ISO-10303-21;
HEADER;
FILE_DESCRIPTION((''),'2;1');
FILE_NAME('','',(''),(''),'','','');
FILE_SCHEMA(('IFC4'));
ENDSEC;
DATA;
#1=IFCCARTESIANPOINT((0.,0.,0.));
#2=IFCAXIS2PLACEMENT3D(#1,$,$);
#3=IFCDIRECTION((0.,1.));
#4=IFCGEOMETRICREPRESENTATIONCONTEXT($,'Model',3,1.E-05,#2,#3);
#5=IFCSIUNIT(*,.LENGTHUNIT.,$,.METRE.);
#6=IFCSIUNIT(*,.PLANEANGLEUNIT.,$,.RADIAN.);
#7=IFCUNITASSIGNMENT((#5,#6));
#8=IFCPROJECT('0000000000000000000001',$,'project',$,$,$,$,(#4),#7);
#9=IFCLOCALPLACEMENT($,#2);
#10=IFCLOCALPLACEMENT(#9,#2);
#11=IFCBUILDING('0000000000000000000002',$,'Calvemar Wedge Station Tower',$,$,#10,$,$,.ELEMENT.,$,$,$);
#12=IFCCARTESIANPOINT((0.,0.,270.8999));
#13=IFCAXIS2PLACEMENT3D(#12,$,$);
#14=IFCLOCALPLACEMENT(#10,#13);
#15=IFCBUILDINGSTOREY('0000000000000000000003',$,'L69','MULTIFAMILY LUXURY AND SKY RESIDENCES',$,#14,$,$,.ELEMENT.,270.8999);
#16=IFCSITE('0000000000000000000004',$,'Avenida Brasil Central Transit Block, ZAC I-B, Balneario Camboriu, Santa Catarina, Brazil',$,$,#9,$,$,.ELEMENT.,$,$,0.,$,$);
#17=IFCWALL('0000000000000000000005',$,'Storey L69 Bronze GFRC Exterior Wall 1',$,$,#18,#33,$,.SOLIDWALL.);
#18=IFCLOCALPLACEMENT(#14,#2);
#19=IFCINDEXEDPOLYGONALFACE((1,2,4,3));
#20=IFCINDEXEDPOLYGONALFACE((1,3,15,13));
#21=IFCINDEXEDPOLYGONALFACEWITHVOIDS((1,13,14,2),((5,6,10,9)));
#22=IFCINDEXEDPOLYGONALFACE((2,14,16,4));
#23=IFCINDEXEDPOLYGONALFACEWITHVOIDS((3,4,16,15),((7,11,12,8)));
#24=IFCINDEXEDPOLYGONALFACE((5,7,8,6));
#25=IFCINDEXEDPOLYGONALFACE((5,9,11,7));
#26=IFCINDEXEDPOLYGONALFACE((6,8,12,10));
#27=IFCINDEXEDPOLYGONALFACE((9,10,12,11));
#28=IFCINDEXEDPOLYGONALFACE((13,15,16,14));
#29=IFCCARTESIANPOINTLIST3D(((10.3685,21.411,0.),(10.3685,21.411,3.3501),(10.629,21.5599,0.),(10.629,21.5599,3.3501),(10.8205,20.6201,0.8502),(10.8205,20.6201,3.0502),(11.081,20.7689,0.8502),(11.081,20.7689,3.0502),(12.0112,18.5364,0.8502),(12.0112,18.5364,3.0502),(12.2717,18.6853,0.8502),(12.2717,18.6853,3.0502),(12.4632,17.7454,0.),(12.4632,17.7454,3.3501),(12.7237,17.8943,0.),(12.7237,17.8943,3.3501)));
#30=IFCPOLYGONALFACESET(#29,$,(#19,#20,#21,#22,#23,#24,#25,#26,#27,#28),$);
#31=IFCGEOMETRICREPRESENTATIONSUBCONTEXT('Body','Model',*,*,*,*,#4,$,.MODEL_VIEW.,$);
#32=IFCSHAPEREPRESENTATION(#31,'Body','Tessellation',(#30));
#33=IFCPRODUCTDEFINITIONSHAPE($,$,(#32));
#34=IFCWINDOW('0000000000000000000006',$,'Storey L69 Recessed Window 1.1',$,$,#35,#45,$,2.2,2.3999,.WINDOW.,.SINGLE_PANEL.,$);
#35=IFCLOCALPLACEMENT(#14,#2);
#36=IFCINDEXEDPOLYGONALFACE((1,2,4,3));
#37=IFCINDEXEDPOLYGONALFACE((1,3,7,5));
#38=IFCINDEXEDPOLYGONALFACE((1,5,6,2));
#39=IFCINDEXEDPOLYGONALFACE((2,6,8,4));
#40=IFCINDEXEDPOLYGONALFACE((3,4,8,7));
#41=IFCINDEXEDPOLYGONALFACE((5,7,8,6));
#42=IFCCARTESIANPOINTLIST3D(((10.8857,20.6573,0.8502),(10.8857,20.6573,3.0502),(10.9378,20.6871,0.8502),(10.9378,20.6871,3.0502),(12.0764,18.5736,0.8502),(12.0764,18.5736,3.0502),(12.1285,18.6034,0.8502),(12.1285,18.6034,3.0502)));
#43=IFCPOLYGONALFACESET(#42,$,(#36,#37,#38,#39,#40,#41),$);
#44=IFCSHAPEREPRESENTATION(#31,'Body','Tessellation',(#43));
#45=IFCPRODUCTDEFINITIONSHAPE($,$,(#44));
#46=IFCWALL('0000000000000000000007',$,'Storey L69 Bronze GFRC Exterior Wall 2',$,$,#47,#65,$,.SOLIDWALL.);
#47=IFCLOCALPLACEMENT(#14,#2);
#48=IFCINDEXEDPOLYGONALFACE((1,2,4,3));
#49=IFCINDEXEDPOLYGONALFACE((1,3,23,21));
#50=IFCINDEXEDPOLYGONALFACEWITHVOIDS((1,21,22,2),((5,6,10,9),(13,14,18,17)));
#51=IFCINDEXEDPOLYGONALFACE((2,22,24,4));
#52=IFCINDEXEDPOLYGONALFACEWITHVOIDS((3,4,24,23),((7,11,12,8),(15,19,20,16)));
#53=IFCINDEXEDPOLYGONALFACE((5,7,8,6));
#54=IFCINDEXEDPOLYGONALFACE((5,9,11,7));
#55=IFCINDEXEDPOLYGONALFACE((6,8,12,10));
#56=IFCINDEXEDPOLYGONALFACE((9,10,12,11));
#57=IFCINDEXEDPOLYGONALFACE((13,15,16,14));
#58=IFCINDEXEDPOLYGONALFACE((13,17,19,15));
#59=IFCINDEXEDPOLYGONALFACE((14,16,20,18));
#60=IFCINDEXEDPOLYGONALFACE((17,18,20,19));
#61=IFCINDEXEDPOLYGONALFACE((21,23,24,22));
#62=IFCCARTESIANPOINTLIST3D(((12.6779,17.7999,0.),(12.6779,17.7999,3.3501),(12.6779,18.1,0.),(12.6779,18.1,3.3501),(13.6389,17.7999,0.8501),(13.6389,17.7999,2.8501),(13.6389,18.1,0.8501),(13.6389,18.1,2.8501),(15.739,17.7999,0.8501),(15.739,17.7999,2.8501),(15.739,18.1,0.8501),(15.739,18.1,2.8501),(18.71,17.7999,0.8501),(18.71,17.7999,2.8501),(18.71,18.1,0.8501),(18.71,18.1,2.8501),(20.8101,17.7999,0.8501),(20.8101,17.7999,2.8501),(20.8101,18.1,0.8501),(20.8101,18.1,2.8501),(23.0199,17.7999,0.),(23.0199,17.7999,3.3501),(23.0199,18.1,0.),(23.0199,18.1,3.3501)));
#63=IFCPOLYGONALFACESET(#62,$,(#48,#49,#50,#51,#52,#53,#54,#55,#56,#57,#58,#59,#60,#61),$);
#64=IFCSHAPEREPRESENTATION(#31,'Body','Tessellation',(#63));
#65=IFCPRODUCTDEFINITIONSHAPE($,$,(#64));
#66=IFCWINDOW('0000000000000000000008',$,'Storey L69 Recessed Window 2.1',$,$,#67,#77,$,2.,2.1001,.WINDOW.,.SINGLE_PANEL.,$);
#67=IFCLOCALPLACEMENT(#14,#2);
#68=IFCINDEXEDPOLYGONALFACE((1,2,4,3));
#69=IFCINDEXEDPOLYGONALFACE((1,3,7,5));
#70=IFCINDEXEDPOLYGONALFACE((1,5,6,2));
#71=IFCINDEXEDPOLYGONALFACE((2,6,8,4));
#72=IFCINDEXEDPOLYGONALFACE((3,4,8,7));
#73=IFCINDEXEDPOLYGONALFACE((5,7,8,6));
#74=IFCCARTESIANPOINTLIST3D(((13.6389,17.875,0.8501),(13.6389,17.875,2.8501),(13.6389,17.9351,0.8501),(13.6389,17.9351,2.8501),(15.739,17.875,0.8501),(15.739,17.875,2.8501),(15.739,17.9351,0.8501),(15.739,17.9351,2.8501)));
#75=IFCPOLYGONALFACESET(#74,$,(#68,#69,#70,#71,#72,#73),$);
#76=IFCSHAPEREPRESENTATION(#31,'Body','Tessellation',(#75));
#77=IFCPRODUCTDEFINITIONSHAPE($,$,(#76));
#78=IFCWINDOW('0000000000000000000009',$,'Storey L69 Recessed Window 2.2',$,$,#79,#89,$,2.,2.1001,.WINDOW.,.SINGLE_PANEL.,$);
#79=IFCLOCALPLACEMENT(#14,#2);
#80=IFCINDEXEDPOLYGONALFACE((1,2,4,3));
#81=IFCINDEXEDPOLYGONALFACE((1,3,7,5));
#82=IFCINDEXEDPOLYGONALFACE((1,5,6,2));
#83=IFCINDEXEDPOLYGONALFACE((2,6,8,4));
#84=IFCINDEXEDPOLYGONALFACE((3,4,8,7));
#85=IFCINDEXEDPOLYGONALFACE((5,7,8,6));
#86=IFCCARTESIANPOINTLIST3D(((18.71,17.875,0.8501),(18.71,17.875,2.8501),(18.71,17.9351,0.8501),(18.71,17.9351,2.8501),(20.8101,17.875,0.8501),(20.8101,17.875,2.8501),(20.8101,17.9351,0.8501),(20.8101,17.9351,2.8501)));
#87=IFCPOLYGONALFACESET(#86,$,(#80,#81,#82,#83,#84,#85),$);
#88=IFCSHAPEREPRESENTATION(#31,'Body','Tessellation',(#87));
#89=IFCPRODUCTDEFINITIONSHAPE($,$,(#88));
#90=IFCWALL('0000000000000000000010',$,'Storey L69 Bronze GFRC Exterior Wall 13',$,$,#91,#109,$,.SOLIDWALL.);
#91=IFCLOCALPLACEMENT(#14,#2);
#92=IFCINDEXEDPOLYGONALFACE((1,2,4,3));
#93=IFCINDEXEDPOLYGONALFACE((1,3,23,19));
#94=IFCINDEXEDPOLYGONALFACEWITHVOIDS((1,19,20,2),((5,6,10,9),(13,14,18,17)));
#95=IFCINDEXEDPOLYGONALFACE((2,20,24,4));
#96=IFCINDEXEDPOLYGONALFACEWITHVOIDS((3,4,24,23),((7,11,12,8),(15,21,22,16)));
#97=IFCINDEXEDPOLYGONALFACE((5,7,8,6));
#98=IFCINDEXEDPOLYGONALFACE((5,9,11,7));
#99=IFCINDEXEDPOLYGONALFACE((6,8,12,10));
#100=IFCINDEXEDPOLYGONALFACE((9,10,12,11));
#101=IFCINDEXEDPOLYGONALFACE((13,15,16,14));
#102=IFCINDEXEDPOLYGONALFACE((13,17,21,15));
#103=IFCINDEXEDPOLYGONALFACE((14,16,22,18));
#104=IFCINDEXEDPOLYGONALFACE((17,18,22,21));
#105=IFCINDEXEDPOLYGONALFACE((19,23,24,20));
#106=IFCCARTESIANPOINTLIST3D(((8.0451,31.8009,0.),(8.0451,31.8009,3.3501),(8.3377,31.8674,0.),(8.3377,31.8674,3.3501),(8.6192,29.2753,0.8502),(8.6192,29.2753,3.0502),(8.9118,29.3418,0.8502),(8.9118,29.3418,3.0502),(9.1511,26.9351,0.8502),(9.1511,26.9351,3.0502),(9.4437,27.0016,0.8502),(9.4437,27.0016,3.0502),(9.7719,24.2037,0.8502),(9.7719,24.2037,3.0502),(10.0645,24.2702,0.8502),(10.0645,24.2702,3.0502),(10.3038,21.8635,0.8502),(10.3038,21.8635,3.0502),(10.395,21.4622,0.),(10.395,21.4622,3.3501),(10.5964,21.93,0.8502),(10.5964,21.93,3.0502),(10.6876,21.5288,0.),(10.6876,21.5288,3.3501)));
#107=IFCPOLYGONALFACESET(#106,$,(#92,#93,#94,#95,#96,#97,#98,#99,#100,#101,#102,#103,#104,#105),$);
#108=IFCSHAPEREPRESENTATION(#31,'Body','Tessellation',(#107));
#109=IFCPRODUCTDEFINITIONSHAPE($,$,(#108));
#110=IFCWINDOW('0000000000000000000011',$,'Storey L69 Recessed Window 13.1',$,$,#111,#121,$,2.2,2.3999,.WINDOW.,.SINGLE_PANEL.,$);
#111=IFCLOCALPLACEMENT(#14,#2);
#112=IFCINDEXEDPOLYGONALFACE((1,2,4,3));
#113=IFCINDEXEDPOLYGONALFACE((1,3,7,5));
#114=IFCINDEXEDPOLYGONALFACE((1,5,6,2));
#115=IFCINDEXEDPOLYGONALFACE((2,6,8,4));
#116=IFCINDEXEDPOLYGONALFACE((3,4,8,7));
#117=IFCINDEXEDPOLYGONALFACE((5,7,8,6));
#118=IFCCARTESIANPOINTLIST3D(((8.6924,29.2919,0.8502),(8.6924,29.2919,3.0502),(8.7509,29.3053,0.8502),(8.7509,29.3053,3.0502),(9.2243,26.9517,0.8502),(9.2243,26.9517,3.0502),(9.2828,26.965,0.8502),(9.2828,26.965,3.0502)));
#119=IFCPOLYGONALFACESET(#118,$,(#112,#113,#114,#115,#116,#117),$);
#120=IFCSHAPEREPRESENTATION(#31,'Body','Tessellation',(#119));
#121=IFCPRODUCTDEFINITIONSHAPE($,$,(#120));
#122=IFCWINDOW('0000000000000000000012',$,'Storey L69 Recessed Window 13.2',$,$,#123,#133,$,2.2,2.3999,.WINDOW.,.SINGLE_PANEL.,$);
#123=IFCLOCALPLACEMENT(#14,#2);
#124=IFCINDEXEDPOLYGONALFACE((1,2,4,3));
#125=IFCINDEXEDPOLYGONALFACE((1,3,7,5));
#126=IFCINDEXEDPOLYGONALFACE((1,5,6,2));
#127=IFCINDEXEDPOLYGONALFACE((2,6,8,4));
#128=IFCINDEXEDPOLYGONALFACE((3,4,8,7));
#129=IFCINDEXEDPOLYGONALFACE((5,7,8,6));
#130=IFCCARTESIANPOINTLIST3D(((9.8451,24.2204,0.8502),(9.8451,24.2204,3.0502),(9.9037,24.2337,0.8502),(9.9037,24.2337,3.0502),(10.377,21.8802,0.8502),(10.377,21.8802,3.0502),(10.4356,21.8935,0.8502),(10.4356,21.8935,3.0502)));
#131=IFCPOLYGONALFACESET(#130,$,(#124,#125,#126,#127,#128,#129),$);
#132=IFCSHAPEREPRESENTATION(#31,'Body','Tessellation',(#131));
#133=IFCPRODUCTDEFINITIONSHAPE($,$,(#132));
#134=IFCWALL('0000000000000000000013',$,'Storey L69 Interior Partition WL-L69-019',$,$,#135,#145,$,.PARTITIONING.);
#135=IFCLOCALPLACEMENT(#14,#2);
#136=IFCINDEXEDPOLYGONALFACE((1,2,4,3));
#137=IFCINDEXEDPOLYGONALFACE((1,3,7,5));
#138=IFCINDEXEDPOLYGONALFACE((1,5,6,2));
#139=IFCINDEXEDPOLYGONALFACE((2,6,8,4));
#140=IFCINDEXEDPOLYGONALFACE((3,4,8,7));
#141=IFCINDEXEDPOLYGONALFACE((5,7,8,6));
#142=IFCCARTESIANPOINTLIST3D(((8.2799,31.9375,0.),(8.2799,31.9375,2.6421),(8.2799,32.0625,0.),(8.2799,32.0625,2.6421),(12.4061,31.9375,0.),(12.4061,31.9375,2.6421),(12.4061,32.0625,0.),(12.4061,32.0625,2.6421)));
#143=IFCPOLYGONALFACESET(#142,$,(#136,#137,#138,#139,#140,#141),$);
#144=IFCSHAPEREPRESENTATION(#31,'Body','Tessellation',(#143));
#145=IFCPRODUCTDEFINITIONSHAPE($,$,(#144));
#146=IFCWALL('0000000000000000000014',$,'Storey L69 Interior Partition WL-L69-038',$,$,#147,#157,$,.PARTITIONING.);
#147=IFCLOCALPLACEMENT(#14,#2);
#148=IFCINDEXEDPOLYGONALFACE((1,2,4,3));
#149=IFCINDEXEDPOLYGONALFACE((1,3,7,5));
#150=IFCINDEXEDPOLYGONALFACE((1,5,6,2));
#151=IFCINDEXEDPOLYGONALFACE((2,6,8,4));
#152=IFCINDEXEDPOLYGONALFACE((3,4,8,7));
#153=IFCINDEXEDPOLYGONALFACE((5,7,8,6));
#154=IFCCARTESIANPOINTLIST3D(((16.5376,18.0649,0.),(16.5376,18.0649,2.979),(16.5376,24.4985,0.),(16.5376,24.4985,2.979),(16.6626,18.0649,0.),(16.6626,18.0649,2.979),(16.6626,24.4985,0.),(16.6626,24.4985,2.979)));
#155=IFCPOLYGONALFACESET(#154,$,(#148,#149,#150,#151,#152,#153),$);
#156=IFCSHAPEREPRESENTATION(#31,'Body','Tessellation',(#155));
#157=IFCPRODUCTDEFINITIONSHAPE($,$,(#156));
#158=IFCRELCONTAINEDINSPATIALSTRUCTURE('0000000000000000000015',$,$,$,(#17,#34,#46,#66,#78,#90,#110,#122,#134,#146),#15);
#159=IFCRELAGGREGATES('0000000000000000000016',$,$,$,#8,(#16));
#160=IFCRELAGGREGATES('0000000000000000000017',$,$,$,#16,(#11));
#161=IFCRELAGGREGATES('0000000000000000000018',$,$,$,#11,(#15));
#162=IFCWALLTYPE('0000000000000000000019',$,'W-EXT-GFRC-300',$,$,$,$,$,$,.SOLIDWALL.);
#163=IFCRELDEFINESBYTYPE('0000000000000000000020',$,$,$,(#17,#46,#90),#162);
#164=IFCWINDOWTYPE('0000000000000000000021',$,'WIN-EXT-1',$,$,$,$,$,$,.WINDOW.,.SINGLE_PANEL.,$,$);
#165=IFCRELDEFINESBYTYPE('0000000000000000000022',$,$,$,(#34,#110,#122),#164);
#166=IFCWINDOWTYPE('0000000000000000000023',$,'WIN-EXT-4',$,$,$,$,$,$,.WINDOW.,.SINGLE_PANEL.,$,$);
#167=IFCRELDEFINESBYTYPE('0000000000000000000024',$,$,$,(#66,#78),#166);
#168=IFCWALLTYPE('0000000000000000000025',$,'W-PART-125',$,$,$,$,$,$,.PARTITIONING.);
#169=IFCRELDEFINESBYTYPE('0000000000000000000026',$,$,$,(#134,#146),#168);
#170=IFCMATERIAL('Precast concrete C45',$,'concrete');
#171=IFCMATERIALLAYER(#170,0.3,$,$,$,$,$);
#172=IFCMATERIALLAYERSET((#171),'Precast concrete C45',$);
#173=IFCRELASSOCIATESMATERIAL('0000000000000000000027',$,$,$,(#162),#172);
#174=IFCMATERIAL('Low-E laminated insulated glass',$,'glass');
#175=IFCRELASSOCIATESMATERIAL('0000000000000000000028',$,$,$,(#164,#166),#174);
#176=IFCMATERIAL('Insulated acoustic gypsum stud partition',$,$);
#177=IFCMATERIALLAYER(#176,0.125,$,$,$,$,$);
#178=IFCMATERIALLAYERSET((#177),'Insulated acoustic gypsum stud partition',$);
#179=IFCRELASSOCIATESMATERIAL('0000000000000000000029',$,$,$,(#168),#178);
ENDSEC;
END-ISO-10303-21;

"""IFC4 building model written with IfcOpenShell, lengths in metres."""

from ifc_helpers import new_model, si_unit, direction, frame, frame_2d, origin, place, context, subcontext, project, spatial, rectangle, extrude, source, transform, mapped, material, layer, layer_set, type_object, element, fill, save


model = new_model("IFC4")

# Units and contexts
model_context = context("Model", 3, precision=1e-05, world=origin(), true_north=direction((0.0, 1.0)))
body_context = subcontext(model_context, "Body", "Model", "MODEL_VIEW")
ifc_project = project(units=[si_unit("LENGTHUNIT", "METRE"), si_unit("PLANEANGLEUNIT", "RADIAN")], contexts=[model_context])

# Site, building, storey
site_placement = place(None, origin())
site = spatial("IfcSite", under=ifc_project, at=site_placement, Name="Avenida Brasil Central Transit Block, ZAC I-B, Balneario Camboriu, Santa Catarina, Brazil", CompositionType="ELEMENT", RefElevation=0.0)
building_placement = place(site_placement, origin())
building = spatial("IfcBuilding", under=site, at=building_placement, Name="Calvemar Wedge Station Tower", CompositionType="ELEMENT")
storey_placement = place(building_placement, frame((0.0, 0.0, 270.8999)))
storey = spatial("IfcBuildingStorey", under=building, at=storey_placement, Name="L69", Description="MULTIFAMILY LUXURY AND SKY RESIDENCES", CompositionType="ELEMENT", Elevation=270.8999)

# Wall, opening, window
ifc_material_1 = material(Name="Precast concrete C45", Category="concrete")
ifc_layer_1 = layer(ifc_material_1, 0.3)
ifc_layer_set_1 = layer_set([ifc_layer_1], Name="Precast concrete C45")
wall_type_1 = type_object("IfcWallType", Name="W-EXT-GFRC-300", PredefinedType="SOLIDWALL", material=ifc_layer_set_1)
wall_1_placement = place(storey_placement, frame((10.4988, 21.4854, 0.0), z_axis=(0.0, 0.0, 1.0), x_axis=(0.496164, -0.868229, 0.0)))
wall_1 = element("IfcWall", 1, at=wall_1_placement, inside=storey, type_object=wall_type_1, Name="Storey L69 Bronze GFRC Exterior Wall 1", PredefinedType="SOLIDWALL", context=body_context, shape_type="SweptSolid", body=[
    extrude(rectangle(XDim=4.2219, YDim=0.3, at=frame_2d((2.1108, 0.0))), origin(), (0.0, 0.0, 1.0), 3.3501),
])
shared_shape_1 = source(origin(), body_context, "Body", "SweptSolid", [
    extrude(rectangle(XDim=2.3999, YDim=2.2, at=frame_2d((1.2, 1.1001))), frame((0.0, 0.1602, 0.0), z_axis=(0.0, -1.0, 0.0), x_axis=(1.0, 0.0, 0.0)), (0.0, 0.0, 1.0), 0.3201),
])
opening_1_placement = place(wall_1_placement, frame((0.9109, 0.0, 0.8501)))
opening_1 = element("IfcOpeningElement", 2, at=opening_1_placement, cuts=wall_1, PredefinedType="OPENING", context=body_context, shape_type="MappedRepresentation", body=[
    mapped(shared_shape_1, transform((0.0, 0.0, 0.0), scale=1.0)),
])
ifc_material_2 = material(Name="Low-E laminated insulated glass", Category="glass")
window_type_1 = type_object("IfcWindowType", Name="WIN-EXT-1", PartitioningType="SINGLE_PANEL", PredefinedType="WINDOW", material=ifc_material_2)
shared_shape_2 = source(origin(), body_context, "Body", "SweptSolid", [
    extrude(rectangle(XDim=2.3999, YDim=2.2, at=frame_2d((1.2, 1.1001))), frame((0.0, -0.0149, 0.0), z_axis=(0.0, -1.0, 0.0), x_axis=(1.0, 0.0, 0.0)), (0.0, 0.0, 1.0), 0.0601),
])
window_1_placement = place(opening_1_placement, origin())
window_1 = element("IfcWindow", 3, at=window_1_placement, inside=storey, type_object=window_type_1, Name="Storey L69 Recessed Window 1.1", OverallHeight=2.2, OverallWidth=2.3999, PartitioningType="SINGLE_PANEL", PredefinedType="WINDOW", context=body_context, shape_type="MappedRepresentation", body=[
    mapped(shared_shape_2, transform((0.0, 0.0, 0.0), scale=1.0)),
])
fill(opening_1, window_1)

# Walls, openings, windows
wall_2_placement = place(storey_placement, frame((12.678, 17.95, 0.0), z_axis=(0.0, 0.0, 1.0), x_axis=(1.0, 0.0, 0.0)))
wall_2 = element("IfcWall", 4, at=wall_2_placement, inside=storey, type_object=wall_type_1, Name="Storey L69 Bronze GFRC Exterior Wall 2", PredefinedType="SOLIDWALL", context=body_context, shape_type="SweptSolid", body=[
    extrude(rectangle(XDim=10.342, YDim=0.3, at=frame_2d((5.1709, 0.0))), origin(), (0.0, 0.0, 1.0), 3.3501),
])
shared_shape_3 = source(origin(), body_context, "Body", "SweptSolid", [
    extrude(rectangle(XDim=2.1001, YDim=2.0, at=frame_2d((1.05, 1.0))), frame((0.0, 0.1602, 0.0), z_axis=(0.0, -1.0, 0.0), x_axis=(1.0, 0.0, 0.0)), (0.0, 0.0, 1.0), 0.3201),
])
opening_2_placement = place(wall_2_placement, frame((0.9609, 0.0, 0.8501)))
opening_2 = element("IfcOpeningElement", 5, at=opening_2_placement, cuts=wall_2, PredefinedType="OPENING", context=body_context, shape_type="MappedRepresentation", body=[
    mapped(shared_shape_3, transform((0.0, 0.0, 0.0), scale=1.0)),
])
opening_3_placement = place(wall_2_placement, frame((6.032, 0.0, 0.8501)))
opening_3 = element("IfcOpeningElement", 6, at=opening_3_placement, cuts=wall_2, PredefinedType="OPENING", context=body_context, shape_type="MappedRepresentation", body=[
    mapped(shared_shape_3, transform((0.0, 0.0, 0.0), scale=1.0)),
])
window_type_2 = type_object("IfcWindowType", Name="WIN-EXT-4", PartitioningType="SINGLE_PANEL", PredefinedType="WINDOW", material=ifc_material_2)
shared_shape_4 = source(origin(), body_context, "Body", "SweptSolid", [
    extrude(rectangle(XDim=2.1001, YDim=2.0, at=frame_2d((1.05, 1.0))), frame((0.0, -0.0149, 0.0), z_axis=(0.0, -1.0, 0.0), x_axis=(1.0, 0.0, 0.0)), (0.0, 0.0, 1.0), 0.0601),
])
window_2_placement = place(opening_2_placement, origin())
window_2 = element("IfcWindow", 7, at=window_2_placement, inside=storey, type_object=window_type_2, Name="Storey L69 Recessed Window 2.1", OverallHeight=2.0, OverallWidth=2.1001, PartitioningType="SINGLE_PANEL", PredefinedType="WINDOW", context=body_context, shape_type="MappedRepresentation", body=[
    mapped(shared_shape_4, transform((0.0, 0.0, 0.0), scale=1.0)),
])
fill(opening_2, window_2)
window_3_placement = place(opening_3_placement, origin())
window_3 = element("IfcWindow", 8, at=window_3_placement, inside=storey, type_object=window_type_2, Name="Storey L69 Recessed Window 2.2", OverallHeight=2.0, OverallWidth=2.1001, PartitioningType="SINGLE_PANEL", PredefinedType="WINDOW", context=body_context, shape_type="MappedRepresentation", body=[
    mapped(shared_shape_4, transform((0.0, 0.0, 0.0), scale=1.0)),
])
fill(opening_3, window_3)
wall_3_placement = place(storey_placement, frame((8.1914, 31.8342, 0.0), z_axis=(0.0, 0.0, 1.0), x_axis=(0.221636, -0.975129, 0.0)))
wall_3 = element("IfcWall", 9, at=wall_3_placement, inside=storey, type_object=wall_type_1, Name="Storey L69 Bronze GFRC Exterior Wall 13", PredefinedType="SOLIDWALL", context=body_context, shape_type="SweptSolid", body=[
    extrude(rectangle(XDim=10.6023, YDim=0.3, at=frame_2d((5.3013, 0.0))), origin(), (0.0, 0.0, 1.0), 3.3501),
])
opening_4_placement = place(wall_3_placement, frame((2.5901, 0.0, 0.8501)))
opening_4 = element("IfcOpeningElement", 10, at=opening_4_placement, cuts=wall_3, PredefinedType="OPENING", context=body_context, shape_type="MappedRepresentation", body=[
    mapped(shared_shape_1, transform((0.0, 0.0, 0.0), scale=1.0)),
])
opening_5_placement = place(wall_3_placement, frame((7.791, 0.0, 0.8501)))
opening_5 = element("IfcOpeningElement", 11, at=opening_5_placement, cuts=wall_3, PredefinedType="OPENING", context=body_context, shape_type="MappedRepresentation", body=[
    mapped(shared_shape_1, transform((0.0, 0.0, 0.0), scale=1.0)),
])
window_4_placement = place(opening_4_placement, origin())
window_4 = element("IfcWindow", 12, at=window_4_placement, inside=storey, type_object=window_type_1, Name="Storey L69 Recessed Window 13.1", OverallHeight=2.2, OverallWidth=2.3999, PartitioningType="SINGLE_PANEL", PredefinedType="WINDOW", context=body_context, shape_type="MappedRepresentation", body=[
    mapped(shared_shape_2, transform((0.0, 0.0, 0.0), scale=1.0)),
])
fill(opening_4, window_4)
window_5_placement = place(opening_5_placement, origin())
window_5 = element("IfcWindow", 13, at=window_5_placement, inside=storey, type_object=window_type_1, Name="Storey L69 Recessed Window 13.2", OverallHeight=2.2, OverallWidth=2.3999, PartitioningType="SINGLE_PANEL", PredefinedType="WINDOW", context=body_context, shape_type="MappedRepresentation", body=[
    mapped(shared_shape_2, transform((0.0, 0.0, 0.0), scale=1.0)),
])
fill(opening_5, window_5)

# Walls
ifc_material_3 = material(Name="Insulated acoustic gypsum stud partition")
ifc_layer_2 = layer(ifc_material_3, 0.125)
ifc_layer_set_2 = layer_set([ifc_layer_2], Name="Insulated acoustic gypsum stud partition")
wall_type_2 = type_object("IfcWallType", Name="W-PART-125", PredefinedType="PARTITIONING", material=ifc_layer_set_2)
wall_4_placement = place(storey_placement, frame((12.406, 32.0, 0.0), z_axis=(0.0, 0.0, 1.0), x_axis=(-1.0, 0.0, 0.0)))
element("IfcWall", 14, at=wall_4_placement, inside=storey, type_object=wall_type_2, Name="Storey L69 Interior Partition WL-L69-019", PredefinedType="PARTITIONING", context=body_context, shape_type="SweptSolid", body=[
    extrude(rectangle(XDim=4.1262, YDim=0.125, at=frame_2d((2.063, 0.0))), origin(), (0.0, 0.0, 1.0), 2.6421),
])
wall_5_placement = place(storey_placement, frame((16.6001, 24.4985, 0.0), z_axis=(0.0, 0.0, 1.0), x_axis=(0.0, -1.0, 0.0)))
element("IfcWall", 15, at=wall_5_placement, inside=storey, type_object=wall_type_2, Name="Storey L69 Interior Partition WL-L69-038", PredefinedType="PARTITIONING", context=body_context, shape_type="SweptSolid", body=[
    extrude(rectangle(XDim=6.4336, YDim=0.125, at=frame_2d((3.2168, 0.0))), origin(), (0.0, 0.0, 1.0), 2.979),
])

save(model, "model.ifc")
